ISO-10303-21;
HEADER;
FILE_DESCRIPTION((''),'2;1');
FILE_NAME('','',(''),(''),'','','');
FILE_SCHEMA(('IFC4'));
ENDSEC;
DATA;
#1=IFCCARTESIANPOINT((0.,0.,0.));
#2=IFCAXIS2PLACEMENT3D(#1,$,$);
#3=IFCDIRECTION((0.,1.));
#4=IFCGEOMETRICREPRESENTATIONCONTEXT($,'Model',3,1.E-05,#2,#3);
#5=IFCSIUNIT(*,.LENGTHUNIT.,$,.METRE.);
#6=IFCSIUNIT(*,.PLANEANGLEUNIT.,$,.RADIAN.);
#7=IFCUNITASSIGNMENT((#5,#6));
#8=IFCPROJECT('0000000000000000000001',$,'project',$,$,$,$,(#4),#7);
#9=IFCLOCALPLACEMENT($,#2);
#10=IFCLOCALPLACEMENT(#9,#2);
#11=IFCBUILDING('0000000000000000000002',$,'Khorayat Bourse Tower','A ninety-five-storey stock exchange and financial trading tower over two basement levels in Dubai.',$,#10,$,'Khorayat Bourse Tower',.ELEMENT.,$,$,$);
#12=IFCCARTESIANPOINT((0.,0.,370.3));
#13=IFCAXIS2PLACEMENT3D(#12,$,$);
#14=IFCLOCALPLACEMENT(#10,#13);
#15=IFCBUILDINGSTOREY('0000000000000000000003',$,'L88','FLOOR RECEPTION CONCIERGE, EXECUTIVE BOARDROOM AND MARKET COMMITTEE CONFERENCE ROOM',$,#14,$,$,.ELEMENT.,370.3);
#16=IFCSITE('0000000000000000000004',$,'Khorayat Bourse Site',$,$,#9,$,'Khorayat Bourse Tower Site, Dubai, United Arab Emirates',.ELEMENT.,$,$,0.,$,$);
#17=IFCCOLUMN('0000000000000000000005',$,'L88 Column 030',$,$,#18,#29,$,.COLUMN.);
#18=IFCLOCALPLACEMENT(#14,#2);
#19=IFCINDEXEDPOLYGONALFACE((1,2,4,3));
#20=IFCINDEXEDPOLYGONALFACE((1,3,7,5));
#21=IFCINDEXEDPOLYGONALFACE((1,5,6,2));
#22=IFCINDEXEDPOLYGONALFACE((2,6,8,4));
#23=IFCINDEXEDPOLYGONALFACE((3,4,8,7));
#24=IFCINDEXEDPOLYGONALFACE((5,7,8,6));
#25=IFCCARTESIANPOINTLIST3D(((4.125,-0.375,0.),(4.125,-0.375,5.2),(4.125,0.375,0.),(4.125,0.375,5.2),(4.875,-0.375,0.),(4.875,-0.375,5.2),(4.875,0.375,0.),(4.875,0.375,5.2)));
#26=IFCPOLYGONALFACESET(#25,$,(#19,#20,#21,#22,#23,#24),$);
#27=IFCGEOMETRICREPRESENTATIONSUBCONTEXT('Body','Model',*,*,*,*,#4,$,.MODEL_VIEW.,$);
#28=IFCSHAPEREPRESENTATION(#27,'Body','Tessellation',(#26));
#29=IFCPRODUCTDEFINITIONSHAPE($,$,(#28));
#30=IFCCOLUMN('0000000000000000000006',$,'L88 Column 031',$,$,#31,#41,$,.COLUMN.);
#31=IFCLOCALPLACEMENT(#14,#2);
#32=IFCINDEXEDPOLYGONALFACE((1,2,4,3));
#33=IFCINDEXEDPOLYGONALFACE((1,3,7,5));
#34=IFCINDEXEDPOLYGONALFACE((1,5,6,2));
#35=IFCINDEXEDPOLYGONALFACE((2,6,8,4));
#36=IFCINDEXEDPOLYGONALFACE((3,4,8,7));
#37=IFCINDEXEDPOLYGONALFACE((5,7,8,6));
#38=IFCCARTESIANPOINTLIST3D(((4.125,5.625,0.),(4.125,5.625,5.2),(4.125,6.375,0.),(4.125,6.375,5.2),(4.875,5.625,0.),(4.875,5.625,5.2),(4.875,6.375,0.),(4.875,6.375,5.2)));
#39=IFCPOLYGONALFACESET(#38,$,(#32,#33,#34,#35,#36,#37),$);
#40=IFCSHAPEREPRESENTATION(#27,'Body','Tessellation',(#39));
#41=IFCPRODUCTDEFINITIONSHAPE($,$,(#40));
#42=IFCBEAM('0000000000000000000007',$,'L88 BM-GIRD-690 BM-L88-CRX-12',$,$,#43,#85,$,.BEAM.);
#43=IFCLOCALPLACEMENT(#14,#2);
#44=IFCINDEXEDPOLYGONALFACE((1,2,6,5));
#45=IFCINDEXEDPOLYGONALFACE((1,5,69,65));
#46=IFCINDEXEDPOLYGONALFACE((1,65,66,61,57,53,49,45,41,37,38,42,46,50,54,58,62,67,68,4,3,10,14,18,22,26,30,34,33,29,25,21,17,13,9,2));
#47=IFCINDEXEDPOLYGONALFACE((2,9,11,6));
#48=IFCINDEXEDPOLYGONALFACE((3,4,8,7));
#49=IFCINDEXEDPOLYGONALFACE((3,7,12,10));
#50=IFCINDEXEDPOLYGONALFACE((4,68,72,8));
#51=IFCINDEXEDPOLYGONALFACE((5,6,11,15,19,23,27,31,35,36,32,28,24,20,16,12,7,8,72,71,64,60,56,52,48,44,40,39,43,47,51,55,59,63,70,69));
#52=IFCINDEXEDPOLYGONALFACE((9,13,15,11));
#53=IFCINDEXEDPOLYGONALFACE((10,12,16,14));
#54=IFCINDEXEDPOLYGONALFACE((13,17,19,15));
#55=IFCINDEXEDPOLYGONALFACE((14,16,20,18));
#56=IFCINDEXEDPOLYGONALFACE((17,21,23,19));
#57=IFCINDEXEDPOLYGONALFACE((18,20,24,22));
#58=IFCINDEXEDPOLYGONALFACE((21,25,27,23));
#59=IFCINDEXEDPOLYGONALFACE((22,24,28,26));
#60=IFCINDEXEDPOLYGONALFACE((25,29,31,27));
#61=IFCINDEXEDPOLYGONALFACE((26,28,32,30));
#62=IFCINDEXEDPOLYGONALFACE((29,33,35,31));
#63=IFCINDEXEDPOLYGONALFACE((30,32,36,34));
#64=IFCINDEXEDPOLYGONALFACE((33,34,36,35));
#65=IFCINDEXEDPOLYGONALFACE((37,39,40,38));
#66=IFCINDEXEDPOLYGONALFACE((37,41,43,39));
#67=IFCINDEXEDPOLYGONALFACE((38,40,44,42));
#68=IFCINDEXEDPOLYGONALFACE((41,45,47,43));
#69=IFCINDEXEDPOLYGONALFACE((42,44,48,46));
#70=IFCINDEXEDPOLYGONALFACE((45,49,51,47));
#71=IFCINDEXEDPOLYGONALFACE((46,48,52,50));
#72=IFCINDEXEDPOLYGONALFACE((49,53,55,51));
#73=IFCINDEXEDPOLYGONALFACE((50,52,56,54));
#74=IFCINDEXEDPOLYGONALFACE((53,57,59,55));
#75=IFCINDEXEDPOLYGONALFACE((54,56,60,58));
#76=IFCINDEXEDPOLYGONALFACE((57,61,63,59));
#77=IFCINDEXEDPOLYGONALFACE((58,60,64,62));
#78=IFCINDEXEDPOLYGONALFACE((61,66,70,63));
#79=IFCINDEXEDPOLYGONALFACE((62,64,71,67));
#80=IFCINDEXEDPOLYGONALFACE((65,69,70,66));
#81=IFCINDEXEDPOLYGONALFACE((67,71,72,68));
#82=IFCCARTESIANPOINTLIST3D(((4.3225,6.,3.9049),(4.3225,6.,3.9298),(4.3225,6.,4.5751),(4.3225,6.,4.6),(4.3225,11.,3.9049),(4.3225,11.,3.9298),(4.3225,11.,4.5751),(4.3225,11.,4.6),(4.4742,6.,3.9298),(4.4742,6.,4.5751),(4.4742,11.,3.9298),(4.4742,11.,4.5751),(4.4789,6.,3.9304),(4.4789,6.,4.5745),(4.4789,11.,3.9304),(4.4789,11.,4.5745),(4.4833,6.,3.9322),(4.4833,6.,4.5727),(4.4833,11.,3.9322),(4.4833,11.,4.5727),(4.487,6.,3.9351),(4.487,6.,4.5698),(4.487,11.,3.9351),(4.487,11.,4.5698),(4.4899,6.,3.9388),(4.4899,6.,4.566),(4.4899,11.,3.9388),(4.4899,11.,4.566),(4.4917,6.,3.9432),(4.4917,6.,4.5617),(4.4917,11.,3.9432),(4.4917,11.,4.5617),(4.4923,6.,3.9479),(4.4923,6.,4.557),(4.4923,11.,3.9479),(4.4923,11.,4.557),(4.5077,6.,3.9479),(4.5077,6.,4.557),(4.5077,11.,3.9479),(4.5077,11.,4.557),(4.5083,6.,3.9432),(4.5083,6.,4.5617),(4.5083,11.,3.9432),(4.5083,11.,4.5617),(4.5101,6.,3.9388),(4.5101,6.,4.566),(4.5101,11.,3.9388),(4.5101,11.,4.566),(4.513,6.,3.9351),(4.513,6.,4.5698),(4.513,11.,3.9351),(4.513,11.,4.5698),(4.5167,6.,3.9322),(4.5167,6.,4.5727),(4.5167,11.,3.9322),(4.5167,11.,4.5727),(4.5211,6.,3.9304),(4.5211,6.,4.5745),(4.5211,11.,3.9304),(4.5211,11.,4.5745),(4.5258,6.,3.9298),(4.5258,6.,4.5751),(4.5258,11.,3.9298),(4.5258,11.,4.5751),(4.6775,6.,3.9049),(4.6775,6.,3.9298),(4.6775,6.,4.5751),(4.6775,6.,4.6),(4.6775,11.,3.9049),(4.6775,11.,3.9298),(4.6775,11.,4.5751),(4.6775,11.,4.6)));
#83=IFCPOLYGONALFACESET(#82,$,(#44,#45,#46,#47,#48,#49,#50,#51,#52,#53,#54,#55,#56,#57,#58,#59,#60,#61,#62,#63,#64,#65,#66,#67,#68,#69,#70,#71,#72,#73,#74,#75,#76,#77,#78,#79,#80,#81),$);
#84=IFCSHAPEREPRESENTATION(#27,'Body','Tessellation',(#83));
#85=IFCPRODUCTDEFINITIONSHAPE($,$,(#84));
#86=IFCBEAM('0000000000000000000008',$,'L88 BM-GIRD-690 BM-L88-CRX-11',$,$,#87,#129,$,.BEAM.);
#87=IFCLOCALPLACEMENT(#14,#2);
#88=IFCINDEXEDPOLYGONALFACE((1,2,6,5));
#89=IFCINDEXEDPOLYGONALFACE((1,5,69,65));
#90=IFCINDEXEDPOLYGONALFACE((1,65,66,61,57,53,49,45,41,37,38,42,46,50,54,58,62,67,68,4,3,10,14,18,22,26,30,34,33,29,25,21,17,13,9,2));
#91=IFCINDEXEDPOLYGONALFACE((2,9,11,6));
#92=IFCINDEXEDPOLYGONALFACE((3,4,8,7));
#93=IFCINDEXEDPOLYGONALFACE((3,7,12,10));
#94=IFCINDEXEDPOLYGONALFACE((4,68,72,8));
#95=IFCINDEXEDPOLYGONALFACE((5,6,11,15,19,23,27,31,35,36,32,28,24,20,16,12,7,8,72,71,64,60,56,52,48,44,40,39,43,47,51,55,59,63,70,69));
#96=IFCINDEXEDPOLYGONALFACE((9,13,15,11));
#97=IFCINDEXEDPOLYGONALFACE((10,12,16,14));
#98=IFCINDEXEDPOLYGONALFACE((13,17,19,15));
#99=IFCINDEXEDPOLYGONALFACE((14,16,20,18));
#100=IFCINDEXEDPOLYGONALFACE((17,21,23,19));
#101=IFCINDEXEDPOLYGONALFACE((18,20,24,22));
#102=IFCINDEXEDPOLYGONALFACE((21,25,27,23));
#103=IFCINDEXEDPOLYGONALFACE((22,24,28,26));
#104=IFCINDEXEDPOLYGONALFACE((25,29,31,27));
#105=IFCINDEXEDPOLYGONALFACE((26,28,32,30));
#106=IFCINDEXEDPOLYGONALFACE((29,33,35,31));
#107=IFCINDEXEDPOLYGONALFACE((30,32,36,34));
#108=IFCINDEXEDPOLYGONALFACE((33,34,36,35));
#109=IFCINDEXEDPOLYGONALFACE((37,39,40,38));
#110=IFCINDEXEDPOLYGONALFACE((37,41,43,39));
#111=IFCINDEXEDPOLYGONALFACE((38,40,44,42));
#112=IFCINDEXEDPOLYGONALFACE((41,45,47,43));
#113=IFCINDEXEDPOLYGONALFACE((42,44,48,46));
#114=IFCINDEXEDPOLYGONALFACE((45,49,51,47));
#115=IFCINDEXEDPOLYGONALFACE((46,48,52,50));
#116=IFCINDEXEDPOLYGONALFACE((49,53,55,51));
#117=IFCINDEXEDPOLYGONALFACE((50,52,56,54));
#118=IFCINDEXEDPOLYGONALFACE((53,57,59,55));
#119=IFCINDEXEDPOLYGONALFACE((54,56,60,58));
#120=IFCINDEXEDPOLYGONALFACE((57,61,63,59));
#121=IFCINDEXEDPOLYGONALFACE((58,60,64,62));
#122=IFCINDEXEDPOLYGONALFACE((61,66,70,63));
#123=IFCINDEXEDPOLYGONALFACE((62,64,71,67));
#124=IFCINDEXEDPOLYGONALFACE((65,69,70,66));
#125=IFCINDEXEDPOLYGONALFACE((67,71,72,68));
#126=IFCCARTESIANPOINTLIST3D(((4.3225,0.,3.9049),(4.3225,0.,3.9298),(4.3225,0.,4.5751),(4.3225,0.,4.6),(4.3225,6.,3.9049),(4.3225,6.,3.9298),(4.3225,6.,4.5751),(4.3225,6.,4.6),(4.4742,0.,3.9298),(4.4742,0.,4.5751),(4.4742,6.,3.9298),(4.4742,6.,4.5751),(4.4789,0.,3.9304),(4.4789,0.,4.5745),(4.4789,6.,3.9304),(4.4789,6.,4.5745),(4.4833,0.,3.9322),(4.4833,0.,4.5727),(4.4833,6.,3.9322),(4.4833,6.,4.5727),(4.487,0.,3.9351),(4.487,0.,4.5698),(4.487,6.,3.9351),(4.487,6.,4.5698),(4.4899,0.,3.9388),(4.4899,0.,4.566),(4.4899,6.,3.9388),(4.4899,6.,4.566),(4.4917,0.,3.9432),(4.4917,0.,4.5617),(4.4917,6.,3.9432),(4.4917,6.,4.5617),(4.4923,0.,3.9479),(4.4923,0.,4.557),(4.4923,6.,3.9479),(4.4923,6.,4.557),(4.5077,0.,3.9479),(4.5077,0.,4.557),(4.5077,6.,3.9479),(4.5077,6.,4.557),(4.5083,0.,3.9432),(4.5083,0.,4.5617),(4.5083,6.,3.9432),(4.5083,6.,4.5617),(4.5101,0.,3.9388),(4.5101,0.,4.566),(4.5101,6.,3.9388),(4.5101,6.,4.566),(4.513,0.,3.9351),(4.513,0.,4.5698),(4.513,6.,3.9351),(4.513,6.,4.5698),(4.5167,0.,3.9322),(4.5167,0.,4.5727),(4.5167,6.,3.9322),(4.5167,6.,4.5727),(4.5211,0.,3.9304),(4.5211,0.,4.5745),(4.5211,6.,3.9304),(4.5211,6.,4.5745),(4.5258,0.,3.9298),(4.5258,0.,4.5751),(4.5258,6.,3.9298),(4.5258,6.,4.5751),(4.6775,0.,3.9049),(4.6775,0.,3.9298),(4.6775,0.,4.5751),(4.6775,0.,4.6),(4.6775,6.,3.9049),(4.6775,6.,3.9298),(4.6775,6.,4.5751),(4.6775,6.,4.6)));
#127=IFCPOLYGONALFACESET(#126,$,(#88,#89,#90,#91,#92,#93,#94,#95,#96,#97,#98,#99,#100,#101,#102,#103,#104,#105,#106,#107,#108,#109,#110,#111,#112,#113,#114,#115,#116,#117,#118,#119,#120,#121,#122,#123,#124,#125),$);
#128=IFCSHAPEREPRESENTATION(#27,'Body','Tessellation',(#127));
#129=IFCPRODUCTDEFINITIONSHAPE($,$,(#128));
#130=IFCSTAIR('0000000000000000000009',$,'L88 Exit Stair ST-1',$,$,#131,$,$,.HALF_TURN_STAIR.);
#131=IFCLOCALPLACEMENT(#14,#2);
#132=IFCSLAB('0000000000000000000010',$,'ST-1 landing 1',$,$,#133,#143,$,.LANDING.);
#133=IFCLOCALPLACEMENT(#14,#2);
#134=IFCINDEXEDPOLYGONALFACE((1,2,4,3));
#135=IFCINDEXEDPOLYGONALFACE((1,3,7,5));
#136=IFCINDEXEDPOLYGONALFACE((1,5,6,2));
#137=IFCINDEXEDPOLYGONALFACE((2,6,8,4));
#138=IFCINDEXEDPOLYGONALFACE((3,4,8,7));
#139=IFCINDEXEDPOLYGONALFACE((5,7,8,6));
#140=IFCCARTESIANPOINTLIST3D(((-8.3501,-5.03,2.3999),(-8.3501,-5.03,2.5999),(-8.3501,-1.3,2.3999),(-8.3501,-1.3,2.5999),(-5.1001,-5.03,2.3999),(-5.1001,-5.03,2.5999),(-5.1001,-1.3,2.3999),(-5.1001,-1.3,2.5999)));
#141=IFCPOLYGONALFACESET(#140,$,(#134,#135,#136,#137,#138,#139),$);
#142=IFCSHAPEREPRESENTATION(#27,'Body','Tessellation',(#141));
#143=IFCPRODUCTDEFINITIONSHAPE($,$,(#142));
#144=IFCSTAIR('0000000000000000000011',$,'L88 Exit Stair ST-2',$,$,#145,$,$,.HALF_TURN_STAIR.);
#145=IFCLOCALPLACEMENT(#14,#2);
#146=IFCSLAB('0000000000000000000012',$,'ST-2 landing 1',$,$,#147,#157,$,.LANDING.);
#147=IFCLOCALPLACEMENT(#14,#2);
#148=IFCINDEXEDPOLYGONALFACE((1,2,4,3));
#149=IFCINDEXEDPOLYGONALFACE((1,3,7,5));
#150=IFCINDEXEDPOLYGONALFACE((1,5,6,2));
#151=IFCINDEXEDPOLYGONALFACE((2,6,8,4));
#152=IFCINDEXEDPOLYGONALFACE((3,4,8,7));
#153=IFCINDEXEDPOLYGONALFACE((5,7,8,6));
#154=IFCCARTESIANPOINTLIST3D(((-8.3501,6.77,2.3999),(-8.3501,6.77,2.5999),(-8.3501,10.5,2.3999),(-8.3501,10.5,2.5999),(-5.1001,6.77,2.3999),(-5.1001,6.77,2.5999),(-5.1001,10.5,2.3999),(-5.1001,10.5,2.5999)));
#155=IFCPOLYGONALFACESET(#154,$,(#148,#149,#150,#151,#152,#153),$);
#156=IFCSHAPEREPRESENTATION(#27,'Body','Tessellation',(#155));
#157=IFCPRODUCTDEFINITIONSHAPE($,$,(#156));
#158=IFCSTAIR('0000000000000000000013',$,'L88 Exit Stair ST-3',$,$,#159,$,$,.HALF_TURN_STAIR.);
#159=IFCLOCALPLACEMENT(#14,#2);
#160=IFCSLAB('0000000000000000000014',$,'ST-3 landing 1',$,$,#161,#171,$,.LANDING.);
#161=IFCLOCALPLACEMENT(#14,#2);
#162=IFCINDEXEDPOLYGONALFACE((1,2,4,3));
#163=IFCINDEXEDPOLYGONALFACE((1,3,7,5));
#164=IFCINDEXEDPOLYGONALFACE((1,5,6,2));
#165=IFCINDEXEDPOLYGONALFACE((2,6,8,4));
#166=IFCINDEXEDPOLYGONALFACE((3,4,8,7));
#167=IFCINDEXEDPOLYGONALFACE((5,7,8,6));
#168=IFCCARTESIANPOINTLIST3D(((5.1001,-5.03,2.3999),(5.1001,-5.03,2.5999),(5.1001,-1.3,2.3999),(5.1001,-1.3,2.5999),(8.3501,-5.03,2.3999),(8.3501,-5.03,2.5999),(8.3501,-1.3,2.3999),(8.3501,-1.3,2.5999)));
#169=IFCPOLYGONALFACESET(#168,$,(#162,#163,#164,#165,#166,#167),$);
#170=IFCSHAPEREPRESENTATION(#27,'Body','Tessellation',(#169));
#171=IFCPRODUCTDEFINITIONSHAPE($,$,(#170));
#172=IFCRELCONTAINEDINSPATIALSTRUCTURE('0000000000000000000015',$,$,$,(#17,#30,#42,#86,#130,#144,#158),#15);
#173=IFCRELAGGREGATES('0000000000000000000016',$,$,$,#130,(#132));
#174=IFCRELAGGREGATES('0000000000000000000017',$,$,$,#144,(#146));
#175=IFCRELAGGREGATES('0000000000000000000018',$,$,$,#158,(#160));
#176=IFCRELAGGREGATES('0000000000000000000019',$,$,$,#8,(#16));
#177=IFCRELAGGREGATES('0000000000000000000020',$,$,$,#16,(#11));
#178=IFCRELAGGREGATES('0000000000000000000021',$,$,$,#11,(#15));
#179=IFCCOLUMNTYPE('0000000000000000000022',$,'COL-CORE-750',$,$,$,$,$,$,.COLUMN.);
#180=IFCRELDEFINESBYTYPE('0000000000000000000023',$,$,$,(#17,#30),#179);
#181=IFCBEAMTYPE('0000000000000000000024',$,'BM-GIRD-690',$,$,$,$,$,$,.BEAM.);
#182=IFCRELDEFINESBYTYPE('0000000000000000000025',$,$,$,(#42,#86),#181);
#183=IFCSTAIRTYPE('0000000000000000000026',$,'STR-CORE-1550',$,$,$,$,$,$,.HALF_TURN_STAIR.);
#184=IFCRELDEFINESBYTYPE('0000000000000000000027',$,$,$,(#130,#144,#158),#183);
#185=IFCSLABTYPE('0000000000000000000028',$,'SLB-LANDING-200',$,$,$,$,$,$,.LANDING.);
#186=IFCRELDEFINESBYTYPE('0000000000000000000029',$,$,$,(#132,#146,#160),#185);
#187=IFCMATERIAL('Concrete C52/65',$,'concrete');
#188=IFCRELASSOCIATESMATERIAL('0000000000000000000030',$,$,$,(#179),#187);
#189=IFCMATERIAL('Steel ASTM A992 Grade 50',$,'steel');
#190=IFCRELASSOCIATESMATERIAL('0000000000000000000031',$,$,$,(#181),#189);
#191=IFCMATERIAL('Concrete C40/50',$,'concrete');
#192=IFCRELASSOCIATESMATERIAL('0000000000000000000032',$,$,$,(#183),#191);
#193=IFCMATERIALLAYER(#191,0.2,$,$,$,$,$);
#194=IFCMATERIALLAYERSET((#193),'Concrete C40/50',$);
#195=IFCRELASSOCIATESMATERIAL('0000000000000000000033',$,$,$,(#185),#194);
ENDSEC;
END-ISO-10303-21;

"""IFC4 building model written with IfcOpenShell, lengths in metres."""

from ifc_helpers import new_model, si_unit, direction, frame, origin, origin_2d, place, context, subcontext, project, spatial, polyline, rectangle, i_section, outline, extrude, source, transform, mapped, material, layer, layer_set, material_profile, profile_set, type_object, element, aggregate, save


model = new_model("IFC4")

# Units and contexts
model_context = context("Model", 3, precision=1e-05, world=origin(), true_north=direction((0.0, 1.0)))
body_context = subcontext(model_context, "Body", "Model", "MODEL_VIEW")
ifc_project = project(units=[si_unit("LENGTHUNIT", "METRE"), si_unit("PLANEANGLEUNIT", "RADIAN")], contexts=[model_context])

# Site, building, storey
site_placement = place(None, origin())
site = spatial("IfcSite", under=ifc_project, at=site_placement, Name="Khorayat Bourse Site", LongName="Khorayat Bourse Tower Site, Dubai, United Arab Emirates", CompositionType="ELEMENT", RefElevation=0.0)
building_placement = place(site_placement, origin())
building = spatial("IfcBuilding", under=site, at=building_placement, Name="Khorayat Bourse Tower", Description="A ninety-five-storey stock exchange and financial trading tower over two basement levels in Dubai.", LongName="Khorayat Bourse Tower", CompositionType="ELEMENT")
storey_placement = place(building_placement, frame((0.0, 0.0, 370.3)))
storey = spatial("IfcBuildingStorey", under=building, at=storey_placement, Name="L88", Description="FLOOR RECEPTION CONCIERGE, EXECUTIVE BOARDROOM AND MARKET COMMITTEE CONFERENCE ROOM", CompositionType="ELEMENT", Elevation=370.3)

# Columns
ifc_material_1 = material(Name="Concrete C52/65", Category="concrete")
ifc_material_profile_1 = material_profile(ifc_material_1, rectangle(XDim=0.75, YDim=0.75, at=origin_2d()), Name="RC 750x750")
ifc_profile_set_1 = profile_set([ifc_material_profile_1], Name="Concrete C52/65")
column_type = type_object("IfcColumnType", Name="COL-CORE-750", PredefinedType="COLUMN", material=ifc_profile_set_1)
shared_shape_1 = source(origin(), body_context, "Body", "SweptSolid", [
    extrude(rectangle(XDim=0.75, YDim=0.75, at=origin_2d()), origin(), (0.0, 0.0, 1.0), 5.2),
])
for number, where, z_axis, x_axis, name in (
    (1, (4.5, 0.0, 0.0), (0.0, 0.0, 1.0), (1.0, 0.0, 0.0), "L88 Column 030"),
    (2, (4.5, 6.0, 0.0), (0.0, 0.0, 1.0), (1.0, 0.0, 0.0), "L88 Column 031"),
):
    element("IfcColumn", number, at=place(storey_placement, frame(where, z_axis=z_axis, x_axis=x_axis)), inside=storey, type_object=column_type, Name=name, PredefinedType="COLUMN", context=body_context, shape_type="MappedRepresentation", body=[
        mapped(shared_shape_1, transform((0.0, 0.0, 0.0), scale=1.0)),
    ])

# Beams
ifc_material_2 = material(Name="Steel ASTM A992 Grade 50", Category="steel")
ifc_material_profile_2 = material_profile(ifc_material_2, i_section(OverallWidth=0.355, OverallDepth=0.6951, WebThickness=0.0154, FlangeThickness=0.0249, FilletRadius=0.0181, at=origin_2d()), Name="W690X217")
ifc_profile_set_2 = profile_set([ifc_material_profile_2], Name="Steel ASTM A992 Grade 50")
beam_type = type_object("IfcBeamType", Name="BM-GIRD-690", PredefinedType="BEAM", material=ifc_profile_set_2)
shared_shape_2 = source(origin(), body_context, "Body", "SweptSolid", [
    extrude(i_section(OverallWidth=0.355, OverallDepth=0.6951, WebThickness=0.0154, FlangeThickness=0.0249, FilletRadius=0.0181, at=origin_2d()), origin(), (0.0, 0.0, 1.0), 5.0),
])
beam_1_placement = place(storey_placement, frame((4.5, 6.0, 4.2524), z_axis=(0.0, 1.0, 0.0), x_axis=(-1.0, 0.0, 0.0)))
element("IfcBeam", 3, at=beam_1_placement, inside=storey, type_object=beam_type, Name="L88 BM-GIRD-690 BM-L88-CRX-12", PredefinedType="BEAM", context=body_context, shape_type="MappedRepresentation", body=[
    mapped(shared_shape_2, transform((0.0, 0.0, 0.0), scale=1.0)),
])
shared_shape_3 = source(origin(), body_context, "Body", "SweptSolid", [
    extrude(i_section(OverallWidth=0.355, OverallDepth=0.6951, WebThickness=0.0154, FlangeThickness=0.0249, FilletRadius=0.0181, at=origin_2d()), origin(), (0.0, 0.0, 1.0), 6.0),
])
beam_2_placement = place(storey_placement, frame((4.5, 0.0, 4.2524), z_axis=(0.0, 1.0, 0.0), x_axis=(-1.0, 0.0, 0.0)))
element("IfcBeam", 4, at=beam_2_placement, inside=storey, type_object=beam_type, Name="L88 BM-GIRD-690 BM-L88-CRX-11", PredefinedType="BEAM", context=body_context, shape_type="MappedRepresentation", body=[
    mapped(shared_shape_3, transform((0.0, 0.0, 0.0), scale=1.0)),
])

# Stairs, slabs
ifc_material_3 = material(Name="Concrete C40/50", Category="concrete")
stair_type = type_object("IfcStairType", Name="STR-CORE-1550", PredefinedType="HALF_TURN_STAIR", material=ifc_material_3)
stair_1_placement = place(storey_placement, origin())
stair_1 = element("IfcStair", 5, at=stair_1_placement, inside=storey, type_object=stair_type, Name="L88 Exit Stair ST-1", PredefinedType="HALF_TURN_STAIR")
ifc_layer_1 = layer(ifc_material_3, 0.2)
ifc_layer_set_1 = layer_set([ifc_layer_1], Name="Concrete C40/50")
slab_type_1 = type_object("IfcSlabType", Name="SLB-LANDING-200", PredefinedType="LANDING", material=ifc_layer_set_1)
slab_1_placement = place(storey_placement, frame((0.0, 0.0, 2.3999)))
slab_1 = element("IfcSlab", 6, at=slab_1_placement, type_object=slab_type_1, Name="ST-1 landing 1", PredefinedType="LANDING", context=body_context, shape_type="SweptSolid", body=[
    extrude(outline(polyline([(-5.1001, -5.03), (-5.1001, -1.3), (-8.3501, -1.3), (-8.3501, -5.03), (-5.1001, -5.03)])), origin(), (0.0, 0.0, 1.0), 0.2),
])
aggregate(stair_1, [slab_1])
stair_2_placement = place(storey_placement, origin())
stair_2 = element("IfcStair", 7, at=stair_2_placement, inside=storey, type_object=stair_type, Name="L88 Exit Stair ST-2", PredefinedType="HALF_TURN_STAIR")
slab_2_placement = place(storey_placement, frame((0.0, 0.0, 2.3999)))
slab_2 = element("IfcSlab", 8, at=slab_2_placement, type_object=slab_type_1, Name="ST-2 landing 1", PredefinedType="LANDING", context=body_context, shape_type="SweptSolid", body=[
    extrude(outline(polyline([(-5.1001, 6.77), (-5.1001, 10.5), (-8.3501, 10.5), (-8.3501, 6.77), (-5.1001, 6.77)])), origin(), (0.0, 0.0, 1.0), 0.2),
])
aggregate(stair_2, [slab_2])
stair_3_placement = place(storey_placement, origin())
stair_3 = element("IfcStair", 9, at=stair_3_placement, inside=storey, type_object=stair_type, Name="L88 Exit Stair ST-3", PredefinedType="HALF_TURN_STAIR")
slab_3_placement = place(storey_placement, frame((0.0, 0.0, 2.3999)))
slab_3 = element("IfcSlab", 10, at=slab_3_placement, type_object=slab_type_1, Name="ST-3 landing 1", PredefinedType="LANDING", context=body_context, shape_type="SweptSolid", body=[
    extrude(outline(polyline([(8.3501, -5.03), (8.3501, -1.3), (5.1001, -1.3), (5.1001, -5.03), (8.3501, -5.03)])), origin(), (0.0, 0.0, 1.0), 0.2),
])
aggregate(stair_3, [slab_3])

save(model, "model.ifc")
